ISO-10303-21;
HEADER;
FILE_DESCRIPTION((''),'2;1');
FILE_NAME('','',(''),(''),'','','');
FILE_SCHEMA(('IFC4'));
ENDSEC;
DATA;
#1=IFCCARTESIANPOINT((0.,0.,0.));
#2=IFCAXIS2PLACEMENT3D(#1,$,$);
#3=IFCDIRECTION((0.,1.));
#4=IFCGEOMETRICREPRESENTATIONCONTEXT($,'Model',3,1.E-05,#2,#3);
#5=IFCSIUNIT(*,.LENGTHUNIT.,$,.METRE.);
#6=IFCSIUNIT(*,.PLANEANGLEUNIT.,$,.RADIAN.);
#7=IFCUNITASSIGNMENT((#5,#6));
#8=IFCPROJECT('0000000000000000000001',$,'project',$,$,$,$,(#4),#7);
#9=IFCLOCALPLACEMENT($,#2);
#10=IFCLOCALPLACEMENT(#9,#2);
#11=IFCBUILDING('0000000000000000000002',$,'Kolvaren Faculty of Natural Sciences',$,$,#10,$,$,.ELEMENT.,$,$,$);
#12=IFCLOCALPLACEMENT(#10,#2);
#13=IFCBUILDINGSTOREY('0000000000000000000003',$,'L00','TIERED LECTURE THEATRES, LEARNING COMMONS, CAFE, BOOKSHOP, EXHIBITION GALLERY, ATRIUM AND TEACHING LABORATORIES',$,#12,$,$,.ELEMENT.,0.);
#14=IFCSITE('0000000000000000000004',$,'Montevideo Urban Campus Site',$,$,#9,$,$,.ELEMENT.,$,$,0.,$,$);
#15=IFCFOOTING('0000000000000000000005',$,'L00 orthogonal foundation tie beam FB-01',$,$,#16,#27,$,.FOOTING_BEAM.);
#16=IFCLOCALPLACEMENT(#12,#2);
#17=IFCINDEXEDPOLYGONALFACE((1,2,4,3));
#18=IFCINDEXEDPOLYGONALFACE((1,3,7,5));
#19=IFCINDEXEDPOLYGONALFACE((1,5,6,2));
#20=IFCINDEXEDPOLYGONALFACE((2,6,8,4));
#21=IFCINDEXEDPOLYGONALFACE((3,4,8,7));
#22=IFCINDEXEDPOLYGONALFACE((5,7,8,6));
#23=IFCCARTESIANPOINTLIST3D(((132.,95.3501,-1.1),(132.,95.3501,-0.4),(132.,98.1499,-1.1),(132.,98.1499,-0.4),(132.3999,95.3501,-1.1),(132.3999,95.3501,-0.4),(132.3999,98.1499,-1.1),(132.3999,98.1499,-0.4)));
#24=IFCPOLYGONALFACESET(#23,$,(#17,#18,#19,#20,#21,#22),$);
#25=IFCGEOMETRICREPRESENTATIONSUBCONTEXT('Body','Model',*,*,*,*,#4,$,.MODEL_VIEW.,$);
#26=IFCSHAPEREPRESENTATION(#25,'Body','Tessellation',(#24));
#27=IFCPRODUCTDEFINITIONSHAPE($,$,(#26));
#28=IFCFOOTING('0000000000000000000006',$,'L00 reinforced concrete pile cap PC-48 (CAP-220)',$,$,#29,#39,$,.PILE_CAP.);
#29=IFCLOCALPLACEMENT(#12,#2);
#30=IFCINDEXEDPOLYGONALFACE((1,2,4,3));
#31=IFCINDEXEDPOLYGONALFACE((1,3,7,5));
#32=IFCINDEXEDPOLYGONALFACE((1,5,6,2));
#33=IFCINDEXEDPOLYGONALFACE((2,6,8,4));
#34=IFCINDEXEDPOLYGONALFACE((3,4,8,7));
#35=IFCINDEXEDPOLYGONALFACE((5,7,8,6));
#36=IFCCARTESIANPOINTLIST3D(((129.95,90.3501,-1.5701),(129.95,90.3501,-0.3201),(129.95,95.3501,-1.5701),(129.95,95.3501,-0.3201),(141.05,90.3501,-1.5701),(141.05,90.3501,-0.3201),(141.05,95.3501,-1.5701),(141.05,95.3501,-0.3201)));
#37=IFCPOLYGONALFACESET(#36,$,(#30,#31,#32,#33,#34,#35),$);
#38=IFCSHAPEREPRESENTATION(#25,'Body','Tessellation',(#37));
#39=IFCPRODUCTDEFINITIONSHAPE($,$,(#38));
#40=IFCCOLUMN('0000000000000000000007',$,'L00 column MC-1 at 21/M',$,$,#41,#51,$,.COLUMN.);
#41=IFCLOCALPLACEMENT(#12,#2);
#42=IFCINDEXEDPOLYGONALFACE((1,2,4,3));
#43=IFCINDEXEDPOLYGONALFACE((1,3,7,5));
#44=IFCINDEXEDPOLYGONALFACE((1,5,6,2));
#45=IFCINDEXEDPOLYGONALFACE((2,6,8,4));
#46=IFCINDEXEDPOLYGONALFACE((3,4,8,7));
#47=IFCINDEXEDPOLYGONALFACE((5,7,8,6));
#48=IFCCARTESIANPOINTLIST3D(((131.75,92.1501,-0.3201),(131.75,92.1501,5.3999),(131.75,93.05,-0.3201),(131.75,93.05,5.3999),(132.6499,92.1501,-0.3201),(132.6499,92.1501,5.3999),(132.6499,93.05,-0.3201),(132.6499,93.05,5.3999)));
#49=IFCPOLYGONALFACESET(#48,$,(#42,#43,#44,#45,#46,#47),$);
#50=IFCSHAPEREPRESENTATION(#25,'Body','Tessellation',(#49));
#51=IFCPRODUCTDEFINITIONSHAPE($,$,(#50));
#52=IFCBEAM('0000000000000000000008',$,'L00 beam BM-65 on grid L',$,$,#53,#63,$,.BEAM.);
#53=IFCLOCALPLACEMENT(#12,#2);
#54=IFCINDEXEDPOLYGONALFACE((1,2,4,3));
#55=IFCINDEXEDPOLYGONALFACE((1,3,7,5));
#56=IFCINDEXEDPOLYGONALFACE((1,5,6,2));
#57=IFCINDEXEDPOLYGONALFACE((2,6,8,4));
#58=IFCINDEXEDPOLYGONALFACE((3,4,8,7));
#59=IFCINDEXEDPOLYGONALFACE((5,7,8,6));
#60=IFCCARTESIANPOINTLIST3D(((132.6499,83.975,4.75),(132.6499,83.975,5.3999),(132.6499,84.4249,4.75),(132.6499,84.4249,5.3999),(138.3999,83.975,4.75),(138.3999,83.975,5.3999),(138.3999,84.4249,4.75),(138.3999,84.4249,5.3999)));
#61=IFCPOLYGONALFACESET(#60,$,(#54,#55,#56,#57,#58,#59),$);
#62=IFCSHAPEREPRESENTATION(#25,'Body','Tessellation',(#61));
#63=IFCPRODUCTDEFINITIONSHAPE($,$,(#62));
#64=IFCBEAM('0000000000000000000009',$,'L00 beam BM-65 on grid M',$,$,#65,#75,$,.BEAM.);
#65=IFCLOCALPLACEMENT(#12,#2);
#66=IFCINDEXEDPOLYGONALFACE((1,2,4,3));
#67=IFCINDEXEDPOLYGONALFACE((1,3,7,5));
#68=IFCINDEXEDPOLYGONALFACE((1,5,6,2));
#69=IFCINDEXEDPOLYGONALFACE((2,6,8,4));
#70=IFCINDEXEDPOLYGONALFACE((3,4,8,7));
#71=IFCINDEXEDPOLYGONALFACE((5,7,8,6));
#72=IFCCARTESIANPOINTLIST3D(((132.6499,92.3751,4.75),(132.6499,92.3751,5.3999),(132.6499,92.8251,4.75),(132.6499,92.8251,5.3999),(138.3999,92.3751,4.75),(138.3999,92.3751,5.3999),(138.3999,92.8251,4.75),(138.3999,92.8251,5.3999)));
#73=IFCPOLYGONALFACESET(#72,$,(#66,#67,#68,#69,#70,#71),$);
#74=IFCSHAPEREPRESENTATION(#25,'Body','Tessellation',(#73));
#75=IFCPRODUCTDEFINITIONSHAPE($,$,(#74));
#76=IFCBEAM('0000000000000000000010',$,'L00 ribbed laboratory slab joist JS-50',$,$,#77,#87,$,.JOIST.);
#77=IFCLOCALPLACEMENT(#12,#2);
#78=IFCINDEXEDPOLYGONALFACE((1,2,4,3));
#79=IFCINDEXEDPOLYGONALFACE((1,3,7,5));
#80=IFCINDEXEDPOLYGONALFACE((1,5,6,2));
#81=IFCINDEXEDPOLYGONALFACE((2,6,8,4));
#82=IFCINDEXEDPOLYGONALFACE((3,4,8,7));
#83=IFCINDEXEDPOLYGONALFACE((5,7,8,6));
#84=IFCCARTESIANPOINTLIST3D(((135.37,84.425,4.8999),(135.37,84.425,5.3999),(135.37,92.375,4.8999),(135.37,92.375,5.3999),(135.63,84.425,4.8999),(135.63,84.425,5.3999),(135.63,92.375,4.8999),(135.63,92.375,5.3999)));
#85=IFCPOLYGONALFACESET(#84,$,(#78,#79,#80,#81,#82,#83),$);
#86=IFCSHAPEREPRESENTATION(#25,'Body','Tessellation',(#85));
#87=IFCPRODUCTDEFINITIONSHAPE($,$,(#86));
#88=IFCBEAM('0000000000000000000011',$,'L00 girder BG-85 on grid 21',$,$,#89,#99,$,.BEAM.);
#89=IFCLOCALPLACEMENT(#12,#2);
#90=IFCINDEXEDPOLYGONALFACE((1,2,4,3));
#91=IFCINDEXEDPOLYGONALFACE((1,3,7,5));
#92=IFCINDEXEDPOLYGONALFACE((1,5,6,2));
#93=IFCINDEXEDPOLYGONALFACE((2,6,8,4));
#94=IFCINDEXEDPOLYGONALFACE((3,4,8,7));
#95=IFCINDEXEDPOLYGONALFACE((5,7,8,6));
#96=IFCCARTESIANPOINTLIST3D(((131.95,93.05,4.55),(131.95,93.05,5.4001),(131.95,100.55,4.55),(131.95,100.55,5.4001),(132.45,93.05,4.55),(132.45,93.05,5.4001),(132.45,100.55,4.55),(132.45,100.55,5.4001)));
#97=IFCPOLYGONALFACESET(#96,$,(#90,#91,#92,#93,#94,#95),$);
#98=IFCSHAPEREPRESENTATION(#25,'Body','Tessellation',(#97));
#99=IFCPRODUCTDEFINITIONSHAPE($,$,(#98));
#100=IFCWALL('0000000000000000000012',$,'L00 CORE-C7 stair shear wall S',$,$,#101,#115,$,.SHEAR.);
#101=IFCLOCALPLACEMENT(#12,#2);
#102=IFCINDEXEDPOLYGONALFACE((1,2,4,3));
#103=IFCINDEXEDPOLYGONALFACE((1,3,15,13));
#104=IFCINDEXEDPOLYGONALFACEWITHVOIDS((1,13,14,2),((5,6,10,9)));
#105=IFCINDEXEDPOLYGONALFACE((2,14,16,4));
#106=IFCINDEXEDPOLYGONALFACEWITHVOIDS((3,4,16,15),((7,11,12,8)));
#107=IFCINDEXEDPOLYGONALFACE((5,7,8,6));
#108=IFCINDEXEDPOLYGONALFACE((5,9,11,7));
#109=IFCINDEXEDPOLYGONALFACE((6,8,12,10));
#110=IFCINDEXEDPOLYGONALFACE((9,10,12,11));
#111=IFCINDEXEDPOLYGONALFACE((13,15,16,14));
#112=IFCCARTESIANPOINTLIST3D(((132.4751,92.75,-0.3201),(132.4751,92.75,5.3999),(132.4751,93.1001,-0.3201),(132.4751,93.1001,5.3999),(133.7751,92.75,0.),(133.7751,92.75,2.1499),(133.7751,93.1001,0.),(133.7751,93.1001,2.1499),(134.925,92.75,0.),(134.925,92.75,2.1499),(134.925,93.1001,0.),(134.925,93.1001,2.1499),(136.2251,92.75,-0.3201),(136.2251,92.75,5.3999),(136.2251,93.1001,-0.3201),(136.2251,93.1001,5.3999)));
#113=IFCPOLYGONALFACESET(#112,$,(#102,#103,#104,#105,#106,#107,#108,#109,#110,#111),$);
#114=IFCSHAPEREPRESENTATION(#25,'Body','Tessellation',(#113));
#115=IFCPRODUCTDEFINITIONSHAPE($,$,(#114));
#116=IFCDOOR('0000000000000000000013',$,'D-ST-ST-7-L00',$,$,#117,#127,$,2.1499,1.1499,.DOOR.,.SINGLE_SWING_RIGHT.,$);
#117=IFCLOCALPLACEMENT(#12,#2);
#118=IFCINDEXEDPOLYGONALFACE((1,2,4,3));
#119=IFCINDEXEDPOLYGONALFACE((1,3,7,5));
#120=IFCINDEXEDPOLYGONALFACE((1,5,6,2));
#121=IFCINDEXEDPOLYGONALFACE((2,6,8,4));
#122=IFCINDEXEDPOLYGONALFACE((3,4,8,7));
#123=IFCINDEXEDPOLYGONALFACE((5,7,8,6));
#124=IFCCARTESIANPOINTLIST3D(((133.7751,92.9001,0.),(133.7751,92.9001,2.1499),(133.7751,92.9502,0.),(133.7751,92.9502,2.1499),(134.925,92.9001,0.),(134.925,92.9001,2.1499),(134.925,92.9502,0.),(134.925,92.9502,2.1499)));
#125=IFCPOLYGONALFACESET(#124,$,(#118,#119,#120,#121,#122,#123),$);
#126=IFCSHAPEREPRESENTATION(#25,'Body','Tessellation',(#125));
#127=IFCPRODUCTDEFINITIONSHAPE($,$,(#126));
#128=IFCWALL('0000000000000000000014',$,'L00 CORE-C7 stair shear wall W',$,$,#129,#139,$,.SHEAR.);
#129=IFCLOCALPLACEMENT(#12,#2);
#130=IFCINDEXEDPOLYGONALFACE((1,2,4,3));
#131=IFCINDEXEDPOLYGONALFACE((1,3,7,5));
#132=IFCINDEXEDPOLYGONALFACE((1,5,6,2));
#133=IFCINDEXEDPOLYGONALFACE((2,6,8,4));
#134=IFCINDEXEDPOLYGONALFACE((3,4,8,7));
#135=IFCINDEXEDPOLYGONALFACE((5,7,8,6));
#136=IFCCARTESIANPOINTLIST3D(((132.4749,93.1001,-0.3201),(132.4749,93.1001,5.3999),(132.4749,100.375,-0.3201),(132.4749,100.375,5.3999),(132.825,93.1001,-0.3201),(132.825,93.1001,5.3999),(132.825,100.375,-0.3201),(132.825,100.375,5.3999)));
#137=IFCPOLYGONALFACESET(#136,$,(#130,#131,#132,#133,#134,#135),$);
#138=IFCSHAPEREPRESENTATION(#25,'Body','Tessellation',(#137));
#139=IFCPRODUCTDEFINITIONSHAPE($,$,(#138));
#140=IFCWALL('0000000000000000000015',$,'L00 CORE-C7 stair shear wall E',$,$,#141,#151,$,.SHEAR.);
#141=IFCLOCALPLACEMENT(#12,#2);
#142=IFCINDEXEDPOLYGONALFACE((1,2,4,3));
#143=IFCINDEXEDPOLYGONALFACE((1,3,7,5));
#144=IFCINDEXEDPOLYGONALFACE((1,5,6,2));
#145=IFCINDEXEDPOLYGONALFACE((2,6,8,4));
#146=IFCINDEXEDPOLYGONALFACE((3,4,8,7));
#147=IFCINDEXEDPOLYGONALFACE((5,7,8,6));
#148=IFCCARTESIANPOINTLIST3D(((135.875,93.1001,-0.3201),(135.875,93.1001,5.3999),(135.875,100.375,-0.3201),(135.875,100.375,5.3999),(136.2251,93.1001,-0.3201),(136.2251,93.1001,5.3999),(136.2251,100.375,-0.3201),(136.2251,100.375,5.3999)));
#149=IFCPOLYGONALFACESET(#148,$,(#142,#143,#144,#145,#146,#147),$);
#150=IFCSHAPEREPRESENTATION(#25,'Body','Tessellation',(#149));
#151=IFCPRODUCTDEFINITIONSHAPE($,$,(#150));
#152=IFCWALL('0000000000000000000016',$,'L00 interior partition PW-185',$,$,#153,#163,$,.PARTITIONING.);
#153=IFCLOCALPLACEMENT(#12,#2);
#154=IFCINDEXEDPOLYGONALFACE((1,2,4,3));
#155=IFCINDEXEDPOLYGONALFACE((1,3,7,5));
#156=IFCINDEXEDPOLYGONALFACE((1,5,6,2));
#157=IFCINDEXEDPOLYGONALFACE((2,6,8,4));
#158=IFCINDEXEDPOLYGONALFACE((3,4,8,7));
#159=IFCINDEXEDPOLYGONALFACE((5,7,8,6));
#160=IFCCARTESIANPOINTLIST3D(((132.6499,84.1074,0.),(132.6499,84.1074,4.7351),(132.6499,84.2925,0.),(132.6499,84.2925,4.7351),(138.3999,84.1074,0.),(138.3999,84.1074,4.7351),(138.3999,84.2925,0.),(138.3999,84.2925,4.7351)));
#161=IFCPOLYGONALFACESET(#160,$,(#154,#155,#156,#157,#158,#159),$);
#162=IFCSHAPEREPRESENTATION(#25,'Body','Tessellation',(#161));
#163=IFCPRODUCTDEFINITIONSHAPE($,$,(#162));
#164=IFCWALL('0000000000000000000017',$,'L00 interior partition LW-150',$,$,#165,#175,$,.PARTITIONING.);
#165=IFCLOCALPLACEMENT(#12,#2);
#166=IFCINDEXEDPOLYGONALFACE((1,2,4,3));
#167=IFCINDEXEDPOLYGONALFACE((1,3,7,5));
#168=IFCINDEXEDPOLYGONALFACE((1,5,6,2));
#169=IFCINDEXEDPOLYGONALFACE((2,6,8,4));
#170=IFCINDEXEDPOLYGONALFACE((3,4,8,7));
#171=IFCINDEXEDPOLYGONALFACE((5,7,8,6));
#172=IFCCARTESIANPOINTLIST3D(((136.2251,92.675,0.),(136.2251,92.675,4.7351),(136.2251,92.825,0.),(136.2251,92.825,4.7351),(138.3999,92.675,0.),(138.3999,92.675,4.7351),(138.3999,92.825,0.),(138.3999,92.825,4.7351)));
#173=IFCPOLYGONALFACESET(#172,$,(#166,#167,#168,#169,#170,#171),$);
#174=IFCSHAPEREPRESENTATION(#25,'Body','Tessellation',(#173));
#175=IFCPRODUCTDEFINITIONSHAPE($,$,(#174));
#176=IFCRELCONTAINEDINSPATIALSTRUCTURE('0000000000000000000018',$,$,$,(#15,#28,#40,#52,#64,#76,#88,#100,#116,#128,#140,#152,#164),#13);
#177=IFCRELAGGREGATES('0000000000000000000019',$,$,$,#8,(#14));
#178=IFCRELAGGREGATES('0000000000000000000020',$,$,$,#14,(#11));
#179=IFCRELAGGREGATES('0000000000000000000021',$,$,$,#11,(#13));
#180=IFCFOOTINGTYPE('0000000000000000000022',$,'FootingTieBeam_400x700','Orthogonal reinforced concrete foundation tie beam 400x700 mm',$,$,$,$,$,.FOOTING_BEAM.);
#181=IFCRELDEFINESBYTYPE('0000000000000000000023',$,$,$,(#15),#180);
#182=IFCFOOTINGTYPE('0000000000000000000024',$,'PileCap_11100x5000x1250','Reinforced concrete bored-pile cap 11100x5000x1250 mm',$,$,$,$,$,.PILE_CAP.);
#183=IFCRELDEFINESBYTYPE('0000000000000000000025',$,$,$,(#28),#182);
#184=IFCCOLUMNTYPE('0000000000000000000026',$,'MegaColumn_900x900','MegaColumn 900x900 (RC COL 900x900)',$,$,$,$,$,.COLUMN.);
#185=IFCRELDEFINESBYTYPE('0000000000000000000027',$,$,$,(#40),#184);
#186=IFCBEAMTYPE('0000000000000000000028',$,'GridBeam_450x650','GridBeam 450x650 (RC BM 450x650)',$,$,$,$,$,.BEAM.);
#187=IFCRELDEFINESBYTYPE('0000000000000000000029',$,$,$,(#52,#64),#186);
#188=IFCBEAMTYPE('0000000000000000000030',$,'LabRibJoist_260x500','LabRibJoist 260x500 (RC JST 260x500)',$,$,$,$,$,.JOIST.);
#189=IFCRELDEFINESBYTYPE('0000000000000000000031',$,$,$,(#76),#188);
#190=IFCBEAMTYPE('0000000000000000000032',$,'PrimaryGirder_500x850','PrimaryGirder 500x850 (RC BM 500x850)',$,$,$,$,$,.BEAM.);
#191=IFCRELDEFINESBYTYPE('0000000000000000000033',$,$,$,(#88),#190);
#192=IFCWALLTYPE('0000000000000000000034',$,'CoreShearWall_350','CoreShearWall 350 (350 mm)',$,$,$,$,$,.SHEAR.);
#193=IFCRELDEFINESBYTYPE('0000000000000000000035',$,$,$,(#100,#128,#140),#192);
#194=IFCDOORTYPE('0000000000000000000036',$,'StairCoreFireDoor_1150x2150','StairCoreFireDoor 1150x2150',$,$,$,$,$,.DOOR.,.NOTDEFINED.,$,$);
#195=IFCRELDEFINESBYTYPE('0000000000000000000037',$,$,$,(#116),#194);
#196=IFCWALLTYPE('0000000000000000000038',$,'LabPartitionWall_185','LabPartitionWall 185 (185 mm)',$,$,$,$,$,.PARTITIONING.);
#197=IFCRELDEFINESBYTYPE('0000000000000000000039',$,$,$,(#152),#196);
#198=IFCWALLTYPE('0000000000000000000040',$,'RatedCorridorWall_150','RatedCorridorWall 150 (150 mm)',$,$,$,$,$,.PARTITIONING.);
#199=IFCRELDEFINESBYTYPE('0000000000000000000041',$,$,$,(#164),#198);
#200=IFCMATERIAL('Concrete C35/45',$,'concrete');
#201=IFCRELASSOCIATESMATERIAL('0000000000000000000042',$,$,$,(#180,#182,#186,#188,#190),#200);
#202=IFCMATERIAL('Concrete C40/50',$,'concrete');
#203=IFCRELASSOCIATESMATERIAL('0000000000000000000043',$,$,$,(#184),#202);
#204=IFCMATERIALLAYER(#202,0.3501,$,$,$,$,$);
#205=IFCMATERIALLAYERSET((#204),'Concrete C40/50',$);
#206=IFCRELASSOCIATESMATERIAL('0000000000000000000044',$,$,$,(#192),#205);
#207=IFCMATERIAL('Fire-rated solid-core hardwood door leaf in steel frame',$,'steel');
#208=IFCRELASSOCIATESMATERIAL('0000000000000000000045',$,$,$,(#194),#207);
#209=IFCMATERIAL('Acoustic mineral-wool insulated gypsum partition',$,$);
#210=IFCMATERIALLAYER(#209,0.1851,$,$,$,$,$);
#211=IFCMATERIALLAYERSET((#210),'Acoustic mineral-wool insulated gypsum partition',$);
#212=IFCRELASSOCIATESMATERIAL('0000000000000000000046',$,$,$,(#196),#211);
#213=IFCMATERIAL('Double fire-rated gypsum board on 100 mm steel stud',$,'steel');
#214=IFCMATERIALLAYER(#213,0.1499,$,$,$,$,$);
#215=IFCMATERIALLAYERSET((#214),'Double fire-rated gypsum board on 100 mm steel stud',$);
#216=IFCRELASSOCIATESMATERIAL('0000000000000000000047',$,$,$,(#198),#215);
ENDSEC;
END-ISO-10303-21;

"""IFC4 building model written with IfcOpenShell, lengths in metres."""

from ifc_helpers import new_model, si_unit, direction, frame, frame_2d, origin, origin_2d, place, context, subcontext, project, spatial, rectangle, extrude, material, layer, layer_set, material_profile, profile_set, type_object, element, fill, save


model = new_model("IFC4")

# Units and contexts
model_context = context("Model", 3, precision=1e-05, world=origin(), true_north=direction((0.0, 1.0)))
body_context = subcontext(model_context, "Body", "Model", "MODEL_VIEW")
ifc_project = project(units=[si_unit("LENGTHUNIT", "METRE"), si_unit("PLANEANGLEUNIT", "RADIAN")], contexts=[model_context])

# Site, building, storey
site_placement = place(None, origin())
site = spatial("IfcSite", under=ifc_project, at=site_placement, Name="Montevideo Urban Campus Site", CompositionType="ELEMENT", RefElevation=0.0)
building_placement = place(site_placement, origin())
building = spatial("IfcBuilding", under=site, at=building_placement, Name="Kolvaren Faculty of Natural Sciences", CompositionType="ELEMENT")
storey_placement = place(building_placement, origin())
storey = spatial("IfcBuildingStorey", under=building, at=storey_placement, Name="L00", Description="TIERED LECTURE THEATRES, LEARNING COMMONS, CAFE, BOOKSHOP, EXHIBITION GALLERY, ATRIUM AND TEACHING LABORATORIES", CompositionType="ELEMENT", Elevation=0.0)

# Shared definitions
ifc_material_1 = material(Name="Concrete C35/45", Category="concrete")

# Footings
ifc_material_profile_1 = material_profile(ifc_material_1, rectangle(XDim=0.3999, YDim=0.7, at=origin_2d()), Name="RC FB 400x700")
ifc_profile_set_1 = profile_set([ifc_material_profile_1], Name="Concrete C35/45")
footing_type_1 = type_object("IfcFootingType", Name="FootingTieBeam_400x700", Description="Orthogonal reinforced concrete foundation tie beam 400x700 mm", PredefinedType="FOOTING_BEAM", material=ifc_profile_set_1)
footing_1_placement = place(storey_placement, frame((132.2, 95.3501, -0.75), z_axis=(0.0, 1.0, 0.0), x_axis=(-1.0, 0.0, 0.0)))
element("IfcFooting", 1, at=footing_1_placement, inside=storey, type_object=footing_type_1, Name="L00 orthogonal foundation tie beam FB-01", PredefinedType="FOOTING_BEAM", context=body_context, shape_type="SweptSolid", body=[
    extrude(rectangle(XDim=0.3999, YDim=0.7, at=origin_2d()), origin(), (0.0, 0.0, 1.0), 2.7998),
])
footing_type_2 = type_object("IfcFootingType", Name="PileCap_11100x5000x1250", Description="Reinforced concrete bored-pile cap 11100x5000x1250 mm", PredefinedType="PILE_CAP", material=ifc_material_1)
footing_2_placement = place(storey_placement, frame((135.5, 92.8501, -1.5701), z_axis=(0.0, 0.0, 1.0), x_axis=(1.0, 0.0, 0.0)))
element("IfcFooting", 2, at=footing_2_placement, inside=storey, type_object=footing_type_2, Name="L00 reinforced concrete pile cap PC-48 (CAP-220)", PredefinedType="PILE_CAP", context=body_context, shape_type="SweptSolid", body=[
    extrude(rectangle(XDim=11.1001, YDim=5.0, at=origin_2d()), origin(), (0.0, 0.0, 1.0), 1.25),
])

# Column
ifc_material_2 = material(Name="Concrete C40/50", Category="concrete")
ifc_material_profile_2 = material_profile(ifc_material_2, rectangle(XDim=0.8999, YDim=0.8999, at=origin_2d()), Name="RC COL 900x900")
ifc_profile_set_2 = profile_set([ifc_material_profile_2], Name="Concrete C40/50")
column_type = type_object("IfcColumnType", Name="MegaColumn_900x900", Description="MegaColumn 900x900 (RC COL 900x900)", PredefinedType="COLUMN", material=ifc_profile_set_2)
column_placement = place(storey_placement, frame((132.2, 92.6001, -0.3201), z_axis=(0.0, 0.0, 1.0), x_axis=(1.0, 0.0, 0.0)))
element("IfcColumn", 3, at=column_placement, inside=storey, type_object=column_type, Name="L00 column MC-1 at 21/M", PredefinedType="COLUMN", context=body_context, shape_type="SweptSolid", body=[
    extrude(rectangle(XDim=0.8999, YDim=0.8999, at=origin_2d()), origin(), (0.0, 0.0, 1.0), 5.72),
])

# Beams
ifc_material_profile_3 = material_profile(ifc_material_1, rectangle(XDim=0.45, YDim=0.6499, at=origin_2d()), Name="RC BM 450x650")
ifc_profile_set_3 = profile_set([ifc_material_profile_3], Name="Concrete C35/45")
beam_type_1 = type_object("IfcBeamType", Name="GridBeam_450x650", Description="GridBeam 450x650 (RC BM 450x650)", PredefinedType="BEAM", material=ifc_profile_set_3)
for number, where, z_axis, x_axis, name in (
    (4, (132.6499, 84.2, 5.075), (1.0, 0.0, 0.0), (0.0, 1.0, 0.0), "L00 beam BM-65 on grid L"),
    (5, (132.6499, 92.6001, 5.075), (1.0, 0.0, 0.0), (0.0, 1.0, 0.0), "L00 beam BM-65 on grid M"),
):
    element("IfcBeam", number, at=place(storey_placement, frame(where, z_axis=z_axis, x_axis=x_axis)), inside=storey, type_object=beam_type_1, Name=name, PredefinedType="BEAM", context=body_context, shape_type="SweptSolid", body=[
        extrude(rectangle(XDim=0.45, YDim=0.6499, at=origin_2d()), origin(), (0.0, 0.0, 1.0), 5.75),
    ])
ifc_material_profile_4 = material_profile(ifc_material_1, rectangle(XDim=0.26, YDim=0.5, at=origin_2d()), Name="RC JST 260x500")
ifc_profile_set_4 = profile_set([ifc_material_profile_4], Name="Concrete C35/45")
beam_type_2 = type_object("IfcBeamType", Name="LabRibJoist_260x500", Description="LabRibJoist 260x500 (RC JST 260x500)", PredefinedType="JOIST", material=ifc_profile_set_4)
beam_1_placement = place(storey_placement, frame((135.5, 84.425, 5.1499), z_axis=(0.0, 1.0, 0.0), x_axis=(-1.0, 0.0, 0.0)))
element("IfcBeam", 6, at=beam_1_placement, inside=storey, type_object=beam_type_2, Name="L00 ribbed laboratory slab joist JS-50", PredefinedType="JOIST", context=body_context, shape_type="SweptSolid", body=[
    extrude(rectangle(XDim=0.26, YDim=0.5, at=origin_2d()), origin(), (0.0, 0.0, 1.0), 7.95),
])
ifc_material_profile_5 = material_profile(ifc_material_1, rectangle(XDim=0.5, YDim=0.8501, at=origin_2d()), Name="RC BM 500x850")
ifc_profile_set_5 = profile_set([ifc_material_profile_5], Name="Concrete C35/45")
beam_type_3 = type_object("IfcBeamType", Name="PrimaryGirder_500x850", Description="PrimaryGirder 500x850 (RC BM 500x850)", PredefinedType="BEAM", material=ifc_profile_set_5)
beam_2_placement = place(storey_placement, frame((132.2, 93.05, 4.9751), z_axis=(0.0, 1.0, 0.0), x_axis=(-1.0, 0.0, 0.0)))
element("IfcBeam", 7, at=beam_2_placement, inside=storey, type_object=beam_type_3, Name="L00 girder BG-85 on grid 21", PredefinedType="BEAM", context=body_context, shape_type="SweptSolid", body=[
    extrude(rectangle(XDim=0.5, YDim=0.8501, at=origin_2d()), origin(), (0.0, 0.0, 1.0), 7.5),
])

# Wall, opening, door
ifc_layer_1 = layer(ifc_material_2, 0.3501)
ifc_layer_set_1 = layer_set([ifc_layer_1], Name="Concrete C40/50")
wall_type_1 = type_object("IfcWallType", Name="CoreShearWall_350", Description="CoreShearWall 350 (350 mm)", PredefinedType="SHEAR", material=ifc_layer_set_1)
wall_1_placement = place(storey_placement, frame((136.2251, 92.925, -0.3201), z_axis=(0.0, 0.0, 1.0), x_axis=(-1.0, 0.0, 0.0)))
wall_1 = element("IfcWall", 8, at=wall_1_placement, inside=storey, type_object=wall_type_1, Name="L00 CORE-C7 stair shear wall S", PredefinedType="SHEAR", context=body_context, shape_type="SweptSolid", body=[
    extrude(rectangle(XDim=3.75, YDim=0.3501, at=frame_2d((1.875, 0.0))), origin(), (0.0, 0.0, 1.0), 5.72),
])
opening_placement = place(wall_1_placement, frame((1.3, 0.0, 0.3201)))
opening = element("IfcOpeningElement", 9, at=opening_placement, cuts=wall_1, PredefinedType="OPENING", context=body_context, shape_type="SweptSolid", body=[
    extrude(rectangle(XDim=1.1499, YDim=2.1499, at=frame_2d((0.575, 1.075))), frame((0.0, 0.1851, 0.0), z_axis=(0.0, -1.0, 0.0), x_axis=(1.0, 0.0, 0.0)), (0.0, 0.0, 1.0), 0.3701),
])
ifc_material_3 = material(Name="Fire-rated solid-core hardwood door leaf in steel frame", Category="steel")
door_type = type_object("IfcDoorType", Name="StairCoreFireDoor_1150x2150", Description="StairCoreFireDoor 1150x2150", OperationType="NOTDEFINED", PredefinedType="DOOR", material=ifc_material_3)
door_placement = place(opening_placement, origin())
door = element("IfcDoor", 10, at=door_placement, inside=storey, type_object=door_type, Name="D-ST-ST-7-L00", OperationType="SINGLE_SWING_RIGHT", OverallHeight=2.1499, OverallWidth=1.1499, PredefinedType="DOOR", context=body_context, shape_type="SweptSolid", body=[
    extrude(rectangle(XDim=1.1499, YDim=2.1499, at=frame_2d((0.575, 1.075))), frame((0.0, 0.0249, 0.0), z_axis=(0.0, -1.0, 0.0), x_axis=(1.0, 0.0, 0.0)), (0.0, 0.0, 1.0), 0.05),
])
fill(opening, door)

# Walls
for number, where, z_axis, x_axis, name in (
    (11, (132.6499, 93.1001, -0.3201), (0.0, 0.0, 1.0), (0.0, 1.0, 0.0), "L00 CORE-C7 stair shear wall W"),
    (12, (136.05, 93.1001, -0.3201), (0.0, 0.0, 1.0), (0.0, 1.0, 0.0), "L00 CORE-C7 stair shear wall E"),
):
    element("IfcWall", number, at=place(storey_placement, frame(where, z_axis=z_axis, x_axis=x_axis)), inside=storey, type_object=wall_type_1, Name=name, PredefinedType="SHEAR", context=body_context, shape_type="SweptSolid", body=[
        extrude(rectangle(XDim=7.2749, YDim=0.3501, at=frame_2d((3.6375, 0.0))), origin(), (0.0, 0.0, 1.0), 5.72),
    ])
ifc_material_4 = material(Name="Acoustic mineral-wool insulated gypsum partition")
ifc_layer_2 = layer(ifc_material_4, 0.1851)
ifc_layer_set_2 = layer_set([ifc_layer_2], Name="Acoustic mineral-wool insulated gypsum partition")
wall_type_2 = type_object("IfcWallType", Name="LabPartitionWall_185", Description="LabPartitionWall 185 (185 mm)", PredefinedType="PARTITIONING", material=ifc_layer_set_2)
wall_2_placement = place(storey_placement, frame((132.6499, 84.2, 0.0), z_axis=(0.0, 0.0, 1.0), x_axis=(1.0, 0.0, 0.0)))
element("IfcWall", 13, at=wall_2_placement, inside=storey, type_object=wall_type_2, Name="L00 interior partition PW-185", PredefinedType="PARTITIONING", context=body_context, shape_type="SweptSolid", body=[
    extrude(rectangle(XDim=5.75, YDim=0.1851, at=frame_2d((2.875, 0.0))), origin(), (0.0, 0.0, 1.0), 4.7351),
])
ifc_material_5 = material(Name="Double fire-rated gypsum board on 100 mm steel stud", Category="steel")
ifc_layer_3 = layer(ifc_material_5, 0.1499)
ifc_layer_set_3 = layer_set([ifc_layer_3], Name="Double fire-rated gypsum board on 100 mm steel stud")
wall_type_3 = type_object("IfcWallType", Name="RatedCorridorWall_150", Description="RatedCorridorWall 150 (150 mm)", PredefinedType="PARTITIONING", material=ifc_layer_set_3)
wall_3_placement = place(storey_placement, frame((136.2251, 92.75, 0.0), z_axis=(0.0, 0.0, 1.0), x_axis=(1.0, 0.0, 0.0)))
element("IfcWall", 14, at=wall_3_placement, inside=storey, type_object=wall_type_3, Name="L00 interior partition LW-150", PredefinedType="PARTITIONING", context=body_context, shape_type="SweptSolid", body=[
    extrude(rectangle(XDim=2.1748, YDim=0.1499, at=frame_2d((1.0874, 0.0))), origin(), (0.0, 0.0, 1.0), 4.7351),
])

save(model, "model.ifc")
